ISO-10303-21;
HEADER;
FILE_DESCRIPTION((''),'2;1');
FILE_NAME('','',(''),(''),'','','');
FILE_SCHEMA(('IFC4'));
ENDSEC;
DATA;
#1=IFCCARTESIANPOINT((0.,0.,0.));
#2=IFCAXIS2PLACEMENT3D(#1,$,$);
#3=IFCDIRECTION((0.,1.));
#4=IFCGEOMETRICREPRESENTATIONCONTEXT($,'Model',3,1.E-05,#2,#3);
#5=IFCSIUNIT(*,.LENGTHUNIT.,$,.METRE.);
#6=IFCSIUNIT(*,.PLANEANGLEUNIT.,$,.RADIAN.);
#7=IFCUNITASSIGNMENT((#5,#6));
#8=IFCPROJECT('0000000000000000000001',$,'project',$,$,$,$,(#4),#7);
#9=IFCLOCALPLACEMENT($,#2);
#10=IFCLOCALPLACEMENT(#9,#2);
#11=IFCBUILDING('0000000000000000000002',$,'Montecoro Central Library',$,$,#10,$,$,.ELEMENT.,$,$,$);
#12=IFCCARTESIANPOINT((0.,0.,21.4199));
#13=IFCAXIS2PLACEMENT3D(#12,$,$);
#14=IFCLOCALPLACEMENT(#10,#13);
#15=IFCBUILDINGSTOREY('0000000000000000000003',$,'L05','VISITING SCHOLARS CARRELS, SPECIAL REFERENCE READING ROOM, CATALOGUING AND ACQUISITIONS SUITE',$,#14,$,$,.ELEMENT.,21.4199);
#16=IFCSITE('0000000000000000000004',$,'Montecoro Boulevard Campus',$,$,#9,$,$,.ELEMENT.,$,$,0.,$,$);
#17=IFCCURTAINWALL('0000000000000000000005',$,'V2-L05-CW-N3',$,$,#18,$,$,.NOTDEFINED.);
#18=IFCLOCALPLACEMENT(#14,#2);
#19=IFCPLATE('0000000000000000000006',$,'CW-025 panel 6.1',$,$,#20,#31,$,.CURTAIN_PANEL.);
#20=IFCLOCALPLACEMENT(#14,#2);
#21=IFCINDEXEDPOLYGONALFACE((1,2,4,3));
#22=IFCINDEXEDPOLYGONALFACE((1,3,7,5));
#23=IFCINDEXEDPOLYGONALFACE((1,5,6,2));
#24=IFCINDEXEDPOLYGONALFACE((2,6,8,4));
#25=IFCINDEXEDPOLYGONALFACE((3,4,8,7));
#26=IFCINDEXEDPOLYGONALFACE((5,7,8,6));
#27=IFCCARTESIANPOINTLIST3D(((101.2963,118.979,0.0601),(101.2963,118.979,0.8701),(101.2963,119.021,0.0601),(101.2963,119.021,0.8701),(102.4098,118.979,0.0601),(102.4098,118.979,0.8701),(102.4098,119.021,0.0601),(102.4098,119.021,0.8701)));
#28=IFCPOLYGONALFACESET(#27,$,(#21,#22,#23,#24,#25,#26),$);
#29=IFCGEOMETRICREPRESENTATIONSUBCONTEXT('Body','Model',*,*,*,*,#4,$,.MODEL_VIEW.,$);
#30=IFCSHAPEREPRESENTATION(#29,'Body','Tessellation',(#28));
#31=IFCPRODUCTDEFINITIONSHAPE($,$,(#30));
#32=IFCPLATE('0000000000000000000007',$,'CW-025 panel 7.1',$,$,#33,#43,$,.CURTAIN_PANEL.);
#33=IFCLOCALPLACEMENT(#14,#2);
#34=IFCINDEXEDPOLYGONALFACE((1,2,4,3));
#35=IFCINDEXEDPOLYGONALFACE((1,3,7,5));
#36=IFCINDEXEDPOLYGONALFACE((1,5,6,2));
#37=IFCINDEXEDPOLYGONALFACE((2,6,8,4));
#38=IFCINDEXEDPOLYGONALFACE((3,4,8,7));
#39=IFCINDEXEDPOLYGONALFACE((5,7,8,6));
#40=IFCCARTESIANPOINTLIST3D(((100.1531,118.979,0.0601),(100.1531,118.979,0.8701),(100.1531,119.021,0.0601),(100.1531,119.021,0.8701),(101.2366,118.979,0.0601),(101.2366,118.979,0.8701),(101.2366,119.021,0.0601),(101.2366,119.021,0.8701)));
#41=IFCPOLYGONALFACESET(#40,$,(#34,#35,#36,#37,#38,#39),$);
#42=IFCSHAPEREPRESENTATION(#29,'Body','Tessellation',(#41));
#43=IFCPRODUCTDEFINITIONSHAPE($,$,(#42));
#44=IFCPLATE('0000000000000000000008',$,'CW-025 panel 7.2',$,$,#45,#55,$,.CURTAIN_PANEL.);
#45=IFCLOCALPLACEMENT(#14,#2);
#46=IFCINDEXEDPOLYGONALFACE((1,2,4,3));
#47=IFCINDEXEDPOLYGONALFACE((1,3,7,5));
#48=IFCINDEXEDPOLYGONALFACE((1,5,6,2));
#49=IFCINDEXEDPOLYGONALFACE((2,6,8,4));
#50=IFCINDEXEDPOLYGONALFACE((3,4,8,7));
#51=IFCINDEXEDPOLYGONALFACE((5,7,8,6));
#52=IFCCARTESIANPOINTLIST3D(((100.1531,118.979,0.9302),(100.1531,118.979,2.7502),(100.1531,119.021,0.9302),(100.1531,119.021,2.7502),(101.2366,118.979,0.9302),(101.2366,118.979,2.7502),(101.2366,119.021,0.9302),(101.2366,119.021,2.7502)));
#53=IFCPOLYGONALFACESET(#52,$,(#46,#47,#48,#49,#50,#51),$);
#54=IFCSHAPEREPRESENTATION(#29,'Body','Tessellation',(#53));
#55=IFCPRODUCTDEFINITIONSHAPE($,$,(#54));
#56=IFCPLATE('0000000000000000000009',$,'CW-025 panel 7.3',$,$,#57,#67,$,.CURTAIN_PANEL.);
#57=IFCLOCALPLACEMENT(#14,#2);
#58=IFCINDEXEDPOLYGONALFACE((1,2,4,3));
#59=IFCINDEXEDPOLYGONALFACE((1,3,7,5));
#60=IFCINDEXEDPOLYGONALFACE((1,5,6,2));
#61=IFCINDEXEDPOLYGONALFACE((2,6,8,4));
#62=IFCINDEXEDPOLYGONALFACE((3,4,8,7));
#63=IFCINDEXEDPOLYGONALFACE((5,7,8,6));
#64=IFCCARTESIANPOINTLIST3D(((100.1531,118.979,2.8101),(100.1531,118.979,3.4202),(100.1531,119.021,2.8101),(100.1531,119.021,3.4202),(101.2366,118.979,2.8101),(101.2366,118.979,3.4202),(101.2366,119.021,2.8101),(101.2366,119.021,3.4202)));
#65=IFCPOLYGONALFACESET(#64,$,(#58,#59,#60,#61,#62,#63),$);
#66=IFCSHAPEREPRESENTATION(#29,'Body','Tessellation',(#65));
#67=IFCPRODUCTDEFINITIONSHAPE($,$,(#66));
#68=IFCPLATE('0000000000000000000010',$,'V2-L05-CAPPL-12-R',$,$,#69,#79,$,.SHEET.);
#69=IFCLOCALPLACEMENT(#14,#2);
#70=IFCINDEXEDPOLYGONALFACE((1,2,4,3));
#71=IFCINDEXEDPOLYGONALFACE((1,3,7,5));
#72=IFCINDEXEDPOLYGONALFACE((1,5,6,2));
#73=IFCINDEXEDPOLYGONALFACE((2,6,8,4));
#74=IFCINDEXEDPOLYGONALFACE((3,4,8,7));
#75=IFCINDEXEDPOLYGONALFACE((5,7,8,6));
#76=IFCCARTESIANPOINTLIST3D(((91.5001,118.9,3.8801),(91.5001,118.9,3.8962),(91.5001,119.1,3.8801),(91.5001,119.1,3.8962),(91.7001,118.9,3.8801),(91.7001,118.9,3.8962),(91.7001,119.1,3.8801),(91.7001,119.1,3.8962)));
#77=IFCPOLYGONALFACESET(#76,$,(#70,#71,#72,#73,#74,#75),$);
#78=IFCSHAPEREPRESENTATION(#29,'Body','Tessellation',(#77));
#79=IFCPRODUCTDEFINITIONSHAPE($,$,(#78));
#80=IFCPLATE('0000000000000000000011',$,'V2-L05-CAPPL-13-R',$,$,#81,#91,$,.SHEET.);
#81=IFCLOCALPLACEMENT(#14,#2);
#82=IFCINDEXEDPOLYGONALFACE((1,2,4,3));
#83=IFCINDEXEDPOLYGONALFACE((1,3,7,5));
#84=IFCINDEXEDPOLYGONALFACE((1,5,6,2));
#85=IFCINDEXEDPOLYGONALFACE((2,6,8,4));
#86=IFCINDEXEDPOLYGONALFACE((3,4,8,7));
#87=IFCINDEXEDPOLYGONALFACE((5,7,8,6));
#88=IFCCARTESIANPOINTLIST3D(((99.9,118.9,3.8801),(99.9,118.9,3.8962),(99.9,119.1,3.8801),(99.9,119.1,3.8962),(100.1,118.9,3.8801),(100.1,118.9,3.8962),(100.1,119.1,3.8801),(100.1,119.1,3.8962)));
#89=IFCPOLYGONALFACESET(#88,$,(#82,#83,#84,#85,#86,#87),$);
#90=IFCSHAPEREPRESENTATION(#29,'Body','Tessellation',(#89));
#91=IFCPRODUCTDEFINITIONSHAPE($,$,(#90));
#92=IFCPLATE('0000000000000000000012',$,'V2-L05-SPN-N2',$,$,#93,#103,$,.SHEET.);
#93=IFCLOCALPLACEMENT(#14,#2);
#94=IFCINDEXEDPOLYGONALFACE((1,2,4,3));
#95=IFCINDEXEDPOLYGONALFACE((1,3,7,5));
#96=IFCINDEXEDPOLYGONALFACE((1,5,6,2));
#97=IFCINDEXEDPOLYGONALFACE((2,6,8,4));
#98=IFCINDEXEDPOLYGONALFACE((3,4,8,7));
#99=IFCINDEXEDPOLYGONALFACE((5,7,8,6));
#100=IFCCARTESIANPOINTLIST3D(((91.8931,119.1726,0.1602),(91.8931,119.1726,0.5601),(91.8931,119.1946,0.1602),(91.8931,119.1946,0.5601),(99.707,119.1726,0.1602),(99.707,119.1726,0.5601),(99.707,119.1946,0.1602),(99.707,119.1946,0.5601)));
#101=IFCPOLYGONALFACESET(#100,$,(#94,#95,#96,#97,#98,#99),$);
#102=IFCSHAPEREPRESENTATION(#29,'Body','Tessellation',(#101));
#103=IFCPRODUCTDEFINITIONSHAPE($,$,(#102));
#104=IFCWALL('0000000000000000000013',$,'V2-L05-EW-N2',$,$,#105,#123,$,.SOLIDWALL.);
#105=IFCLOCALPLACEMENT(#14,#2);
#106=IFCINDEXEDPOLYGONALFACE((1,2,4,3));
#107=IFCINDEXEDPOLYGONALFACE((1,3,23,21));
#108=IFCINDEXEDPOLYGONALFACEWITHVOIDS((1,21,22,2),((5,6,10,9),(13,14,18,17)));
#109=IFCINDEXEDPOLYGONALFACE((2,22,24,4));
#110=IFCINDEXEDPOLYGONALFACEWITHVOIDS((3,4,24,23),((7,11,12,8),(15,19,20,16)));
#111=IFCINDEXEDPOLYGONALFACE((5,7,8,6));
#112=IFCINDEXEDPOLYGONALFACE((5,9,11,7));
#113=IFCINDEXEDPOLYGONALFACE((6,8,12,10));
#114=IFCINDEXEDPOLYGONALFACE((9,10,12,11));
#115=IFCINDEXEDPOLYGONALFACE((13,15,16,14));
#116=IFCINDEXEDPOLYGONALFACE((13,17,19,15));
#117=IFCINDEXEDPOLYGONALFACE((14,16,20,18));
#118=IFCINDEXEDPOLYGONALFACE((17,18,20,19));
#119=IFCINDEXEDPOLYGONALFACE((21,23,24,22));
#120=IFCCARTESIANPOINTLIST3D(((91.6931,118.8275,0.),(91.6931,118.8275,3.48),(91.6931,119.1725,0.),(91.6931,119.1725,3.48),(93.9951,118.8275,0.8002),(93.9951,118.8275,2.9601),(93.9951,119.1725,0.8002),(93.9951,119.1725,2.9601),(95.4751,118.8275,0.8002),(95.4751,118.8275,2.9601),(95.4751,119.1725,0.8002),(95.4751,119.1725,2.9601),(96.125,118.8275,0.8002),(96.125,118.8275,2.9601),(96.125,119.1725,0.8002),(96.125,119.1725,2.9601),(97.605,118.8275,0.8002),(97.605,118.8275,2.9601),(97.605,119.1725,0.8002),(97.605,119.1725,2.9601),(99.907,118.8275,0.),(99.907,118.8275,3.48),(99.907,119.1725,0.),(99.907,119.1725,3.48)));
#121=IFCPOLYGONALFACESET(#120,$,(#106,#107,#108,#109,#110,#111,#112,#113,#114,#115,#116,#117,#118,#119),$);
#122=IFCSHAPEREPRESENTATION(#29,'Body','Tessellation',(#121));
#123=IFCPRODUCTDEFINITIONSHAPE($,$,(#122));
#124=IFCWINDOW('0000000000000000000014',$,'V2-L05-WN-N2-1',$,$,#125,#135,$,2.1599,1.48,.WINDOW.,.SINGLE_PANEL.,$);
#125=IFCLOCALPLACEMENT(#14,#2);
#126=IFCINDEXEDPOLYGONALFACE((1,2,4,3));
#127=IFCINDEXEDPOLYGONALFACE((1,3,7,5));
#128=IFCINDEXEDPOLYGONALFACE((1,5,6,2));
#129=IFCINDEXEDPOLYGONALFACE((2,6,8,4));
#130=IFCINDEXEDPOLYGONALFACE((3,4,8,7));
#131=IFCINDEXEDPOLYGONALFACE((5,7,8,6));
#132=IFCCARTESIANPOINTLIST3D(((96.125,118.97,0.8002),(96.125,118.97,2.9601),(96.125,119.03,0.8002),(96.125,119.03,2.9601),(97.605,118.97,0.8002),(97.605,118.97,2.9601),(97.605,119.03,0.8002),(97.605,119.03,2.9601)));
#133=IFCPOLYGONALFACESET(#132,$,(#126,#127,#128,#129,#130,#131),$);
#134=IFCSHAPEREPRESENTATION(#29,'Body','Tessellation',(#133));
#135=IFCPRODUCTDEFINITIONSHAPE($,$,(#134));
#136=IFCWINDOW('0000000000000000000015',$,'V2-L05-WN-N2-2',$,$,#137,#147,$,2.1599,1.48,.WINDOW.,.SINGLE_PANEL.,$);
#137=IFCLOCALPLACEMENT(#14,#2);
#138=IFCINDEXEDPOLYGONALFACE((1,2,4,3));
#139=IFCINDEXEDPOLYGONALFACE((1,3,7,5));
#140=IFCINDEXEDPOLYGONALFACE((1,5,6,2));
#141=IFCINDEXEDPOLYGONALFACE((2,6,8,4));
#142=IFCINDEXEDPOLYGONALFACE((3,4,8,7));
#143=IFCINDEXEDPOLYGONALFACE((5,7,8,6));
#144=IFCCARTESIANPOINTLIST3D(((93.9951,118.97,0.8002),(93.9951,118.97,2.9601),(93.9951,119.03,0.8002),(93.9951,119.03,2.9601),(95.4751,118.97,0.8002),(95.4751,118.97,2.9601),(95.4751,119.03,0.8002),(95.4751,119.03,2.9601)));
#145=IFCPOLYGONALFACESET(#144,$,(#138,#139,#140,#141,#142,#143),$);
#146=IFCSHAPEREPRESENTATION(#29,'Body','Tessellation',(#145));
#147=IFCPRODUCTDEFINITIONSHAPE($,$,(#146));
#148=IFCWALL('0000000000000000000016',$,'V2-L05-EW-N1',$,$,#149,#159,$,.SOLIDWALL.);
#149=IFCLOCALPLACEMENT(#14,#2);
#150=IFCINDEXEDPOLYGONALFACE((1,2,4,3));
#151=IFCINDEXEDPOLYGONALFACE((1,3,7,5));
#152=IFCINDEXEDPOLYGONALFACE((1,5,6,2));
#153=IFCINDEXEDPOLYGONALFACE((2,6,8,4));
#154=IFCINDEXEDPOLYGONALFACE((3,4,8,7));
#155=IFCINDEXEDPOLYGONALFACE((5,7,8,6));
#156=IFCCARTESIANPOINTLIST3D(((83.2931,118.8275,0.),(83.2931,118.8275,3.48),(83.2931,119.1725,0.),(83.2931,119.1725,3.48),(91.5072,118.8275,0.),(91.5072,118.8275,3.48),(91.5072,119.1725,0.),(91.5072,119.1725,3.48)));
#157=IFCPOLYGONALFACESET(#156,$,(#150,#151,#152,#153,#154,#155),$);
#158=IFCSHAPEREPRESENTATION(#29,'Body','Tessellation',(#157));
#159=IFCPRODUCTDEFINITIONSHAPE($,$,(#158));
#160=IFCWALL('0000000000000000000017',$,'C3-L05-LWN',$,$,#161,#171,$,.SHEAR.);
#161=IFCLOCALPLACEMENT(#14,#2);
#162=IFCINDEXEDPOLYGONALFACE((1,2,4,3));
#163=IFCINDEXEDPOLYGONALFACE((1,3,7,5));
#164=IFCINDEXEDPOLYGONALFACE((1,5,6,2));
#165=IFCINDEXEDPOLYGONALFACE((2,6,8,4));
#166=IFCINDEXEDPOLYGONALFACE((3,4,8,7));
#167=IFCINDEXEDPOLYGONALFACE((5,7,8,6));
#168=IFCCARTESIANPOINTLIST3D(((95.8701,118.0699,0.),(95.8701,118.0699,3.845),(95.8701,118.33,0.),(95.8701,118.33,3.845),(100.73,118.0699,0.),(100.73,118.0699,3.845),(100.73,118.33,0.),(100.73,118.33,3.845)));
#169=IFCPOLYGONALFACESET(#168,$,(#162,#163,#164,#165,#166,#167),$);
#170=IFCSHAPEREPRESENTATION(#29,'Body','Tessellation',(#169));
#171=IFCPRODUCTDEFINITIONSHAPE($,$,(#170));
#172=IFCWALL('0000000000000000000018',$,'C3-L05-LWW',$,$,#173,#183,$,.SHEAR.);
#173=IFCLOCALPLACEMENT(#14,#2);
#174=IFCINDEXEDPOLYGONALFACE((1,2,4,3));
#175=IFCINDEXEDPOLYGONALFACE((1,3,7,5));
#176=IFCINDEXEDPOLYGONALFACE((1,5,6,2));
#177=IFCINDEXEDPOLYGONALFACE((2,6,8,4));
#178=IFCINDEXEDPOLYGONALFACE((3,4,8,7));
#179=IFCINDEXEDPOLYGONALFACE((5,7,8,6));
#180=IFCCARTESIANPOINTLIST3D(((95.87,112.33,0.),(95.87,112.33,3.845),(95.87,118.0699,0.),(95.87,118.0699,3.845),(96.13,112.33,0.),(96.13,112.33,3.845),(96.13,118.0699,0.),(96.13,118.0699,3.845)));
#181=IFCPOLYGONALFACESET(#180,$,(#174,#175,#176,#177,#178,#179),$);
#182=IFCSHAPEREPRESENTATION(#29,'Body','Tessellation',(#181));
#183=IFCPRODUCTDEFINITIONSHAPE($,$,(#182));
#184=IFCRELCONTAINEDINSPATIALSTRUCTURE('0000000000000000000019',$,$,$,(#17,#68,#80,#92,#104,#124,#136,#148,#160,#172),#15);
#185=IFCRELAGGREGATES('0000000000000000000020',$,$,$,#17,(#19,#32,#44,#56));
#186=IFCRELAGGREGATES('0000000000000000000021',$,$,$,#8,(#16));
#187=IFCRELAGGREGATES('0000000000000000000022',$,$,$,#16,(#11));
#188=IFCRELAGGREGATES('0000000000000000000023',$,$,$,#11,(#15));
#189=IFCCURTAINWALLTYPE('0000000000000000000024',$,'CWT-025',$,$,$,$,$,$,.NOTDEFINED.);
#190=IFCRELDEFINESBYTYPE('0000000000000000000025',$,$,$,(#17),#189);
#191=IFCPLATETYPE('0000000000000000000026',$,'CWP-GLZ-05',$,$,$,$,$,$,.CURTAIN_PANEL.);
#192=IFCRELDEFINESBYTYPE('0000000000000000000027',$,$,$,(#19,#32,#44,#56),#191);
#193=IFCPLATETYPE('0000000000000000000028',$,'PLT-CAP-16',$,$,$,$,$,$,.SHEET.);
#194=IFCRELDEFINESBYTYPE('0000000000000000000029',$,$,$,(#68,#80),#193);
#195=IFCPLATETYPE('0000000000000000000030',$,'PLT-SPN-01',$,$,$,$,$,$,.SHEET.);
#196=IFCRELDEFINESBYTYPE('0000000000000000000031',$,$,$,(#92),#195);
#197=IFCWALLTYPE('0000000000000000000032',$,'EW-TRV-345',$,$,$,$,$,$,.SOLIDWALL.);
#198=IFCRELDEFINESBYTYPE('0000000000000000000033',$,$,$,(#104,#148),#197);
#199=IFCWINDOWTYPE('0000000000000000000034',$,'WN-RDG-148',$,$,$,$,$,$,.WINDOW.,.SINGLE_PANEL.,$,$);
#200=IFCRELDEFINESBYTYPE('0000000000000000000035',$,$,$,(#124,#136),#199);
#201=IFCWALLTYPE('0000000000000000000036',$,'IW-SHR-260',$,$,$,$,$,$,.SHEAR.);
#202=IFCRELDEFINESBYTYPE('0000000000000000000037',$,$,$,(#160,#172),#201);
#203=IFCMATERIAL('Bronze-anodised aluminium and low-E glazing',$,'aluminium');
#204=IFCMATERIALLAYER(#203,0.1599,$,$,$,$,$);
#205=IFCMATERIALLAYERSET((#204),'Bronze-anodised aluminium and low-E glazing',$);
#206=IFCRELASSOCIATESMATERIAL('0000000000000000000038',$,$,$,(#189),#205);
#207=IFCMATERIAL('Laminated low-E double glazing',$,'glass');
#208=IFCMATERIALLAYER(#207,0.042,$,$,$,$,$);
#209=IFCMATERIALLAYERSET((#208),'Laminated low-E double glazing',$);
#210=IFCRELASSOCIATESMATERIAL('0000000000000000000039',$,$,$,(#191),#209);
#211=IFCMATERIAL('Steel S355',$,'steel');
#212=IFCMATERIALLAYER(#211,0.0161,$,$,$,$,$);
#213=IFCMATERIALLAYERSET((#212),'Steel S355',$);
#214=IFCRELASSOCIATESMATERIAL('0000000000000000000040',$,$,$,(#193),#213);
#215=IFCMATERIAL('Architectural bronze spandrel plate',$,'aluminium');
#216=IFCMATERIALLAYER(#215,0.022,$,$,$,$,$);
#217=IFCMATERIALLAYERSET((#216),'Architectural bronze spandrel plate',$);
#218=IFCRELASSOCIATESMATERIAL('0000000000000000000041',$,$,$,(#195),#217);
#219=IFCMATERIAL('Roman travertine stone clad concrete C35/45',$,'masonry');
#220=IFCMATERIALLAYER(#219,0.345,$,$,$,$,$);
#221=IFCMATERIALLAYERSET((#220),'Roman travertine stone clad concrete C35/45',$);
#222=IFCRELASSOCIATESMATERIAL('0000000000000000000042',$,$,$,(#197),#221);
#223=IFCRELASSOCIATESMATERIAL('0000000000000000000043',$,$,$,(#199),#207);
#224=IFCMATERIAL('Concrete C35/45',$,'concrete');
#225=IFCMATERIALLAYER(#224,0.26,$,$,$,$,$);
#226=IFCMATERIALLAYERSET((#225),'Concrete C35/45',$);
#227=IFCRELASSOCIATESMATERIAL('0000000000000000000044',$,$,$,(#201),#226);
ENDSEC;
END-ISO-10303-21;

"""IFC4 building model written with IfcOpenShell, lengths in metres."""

from ifc_helpers import new_model, si_unit, direction, frame, frame_2d, origin, origin_2d, place, context, subcontext, project, spatial, rectangle, extrude, material, layer, layer_set, type_object, element, fill, aggregate, save


model = new_model("IFC4")

# Units and contexts
model_context = context("Model", 3, precision=1e-05, world=origin(), true_north=direction((0.0, 1.0)))
body_context = subcontext(model_context, "Body", "Model", "MODEL_VIEW")
ifc_project = project(units=[si_unit("LENGTHUNIT", "METRE"), si_unit("PLANEANGLEUNIT", "RADIAN")], contexts=[model_context])

# Site, building, storey
site_placement = place(None, origin())
site = spatial("IfcSite", under=ifc_project, at=site_placement, Name="Montecoro Boulevard Campus", CompositionType="ELEMENT", RefElevation=0.0)
building_placement = place(site_placement, origin())
building = spatial("IfcBuilding", under=site, at=building_placement, Name="Montecoro Central Library", CompositionType="ELEMENT")
storey_placement = place(building_placement, frame((0.0, 0.0, 21.4199)))
storey = spatial("IfcBuildingStorey", under=building, at=storey_placement, Name="L05", Description="VISITING SCHOLARS CARRELS, SPECIAL REFERENCE READING ROOM, CATALOGUING AND ACQUISITIONS SUITE", CompositionType="ELEMENT", Elevation=21.4199)

# Shared definitions
ifc_material_1 = material(Name="Steel S355", Category="steel")

# Curtain wall, plates
ifc_material_2 = material(Name="Bronze-anodised aluminium and low-E glazing", Category="aluminium")
ifc_layer_1 = layer(ifc_material_2, 0.1599)
ifc_layer_set_1 = layer_set([ifc_layer_1], Name="Bronze-anodised aluminium and low-E glazing")
curtain_wall_type = type_object("IfcCurtainWallType", Name="CWT-025", PredefinedType="NOTDEFINED", material=ifc_layer_set_1)
curtain_wall_placement = place(storey_placement, origin())
curtain_wall = element("IfcCurtainWall", 1, at=curtain_wall_placement, inside=storey, type_object=curtain_wall_type, Name="V2-L05-CW-N3", PredefinedType="NOTDEFINED")
ifc_material_3 = material(Name="Laminated low-E double glazing", Category="glass")
ifc_layer_2 = layer(ifc_material_3, 0.042)
ifc_layer_set_2 = layer_set([ifc_layer_2], Name="Laminated low-E double glazing")
plate_type_1 = type_object("IfcPlateType", Name="CWP-GLZ-05", PredefinedType="CURTAIN_PANEL", material=ifc_layer_set_2)
plate_1_placement = place(storey_placement, frame((101.853, 119.0, 0.0601), z_axis=(0.0, 0.0, 1.0), x_axis=(-1.0, 0.0, 0.0)))
plate_1 = element("IfcPlate", 2, at=plate_1_placement, type_object=plate_type_1, Name="CW-025 panel 6.1", PredefinedType="CURTAIN_PANEL", context=body_context, shape_type="SweptSolid", body=[
    extrude(rectangle(XDim=1.1135, YDim=0.042, at=origin_2d()), origin(), (0.0, 0.0, 1.0), 0.8101),
])
plate_2_placement = place(storey_placement, frame((100.6948, 119.0, 0.0601), z_axis=(0.0, 0.0, 1.0), x_axis=(-1.0, 0.0, 0.0)))
plate_2 = element("IfcPlate", 3, at=plate_2_placement, type_object=plate_type_1, Name="CW-025 panel 7.1", PredefinedType="CURTAIN_PANEL", context=body_context, shape_type="SweptSolid", body=[
    extrude(rectangle(XDim=1.0835, YDim=0.042, at=origin_2d()), origin(), (0.0, 0.0, 1.0), 0.8101),
])
plate_3_placement = place(storey_placement, frame((100.6948, 119.0, 0.9302), z_axis=(0.0, 0.0, 1.0), x_axis=(-1.0, 0.0, 0.0)))
plate_3 = element("IfcPlate", 4, at=plate_3_placement, type_object=plate_type_1, Name="CW-025 panel 7.2", PredefinedType="CURTAIN_PANEL", context=body_context, shape_type="SweptSolid", body=[
    extrude(rectangle(XDim=1.0835, YDim=0.042, at=origin_2d()), origin(), (0.0, 0.0, 1.0), 1.8201),
])
plate_4_placement = place(storey_placement, frame((100.6948, 119.0, 2.8101), z_axis=(0.0, 0.0, 1.0), x_axis=(-1.0, 0.0, 0.0)))
plate_4 = element("IfcPlate", 5, at=plate_4_placement, type_object=plate_type_1, Name="CW-025 panel 7.3", PredefinedType="CURTAIN_PANEL", context=body_context, shape_type="SweptSolid", body=[
    extrude(rectangle(XDim=1.0835, YDim=0.042, at=origin_2d()), origin(), (0.0, 0.0, 1.0), 0.6101),
])
aggregate(curtain_wall, [plate_1, plate_2, plate_3, plate_4])

# Plates
ifc_layer_3 = layer(ifc_material_1, 0.0161)
ifc_layer_set_3 = layer_set([ifc_layer_3], Name="Steel S355")
plate_type_2 = type_object("IfcPlateType", Name="PLT-CAP-16", PredefinedType="SHEET", material=ifc_layer_set_3)
for number, where, z_axis, x_axis, name in (
    (6, (91.6001, 119.0, 3.8801), (0.0, 0.0, 1.0), (1.0, 0.0, 0.0), "V2-L05-CAPPL-12-R"),
    (7, (100.0, 119.0, 3.8801), (0.0, 0.0, 1.0), (1.0, 0.0, 0.0), "V2-L05-CAPPL-13-R"),
):
    element("IfcPlate", number, at=place(storey_placement, frame(where, z_axis=z_axis, x_axis=x_axis)), inside=storey, type_object=plate_type_2, Name=name, PredefinedType="SHEET", context=body_context, shape_type="SweptSolid", body=[
        extrude(rectangle(XDim=0.2, YDim=0.2, at=origin_2d()), origin(), (0.0, 0.0, 1.0), 0.0161),
    ])
ifc_material_4 = material(Name="Architectural bronze spandrel plate", Category="aluminium")
ifc_layer_4 = layer(ifc_material_4, 0.022)
ifc_layer_set_4 = layer_set([ifc_layer_4], Name="Architectural bronze spandrel plate")
plate_type_3 = type_object("IfcPlateType", Name="PLT-SPN-01", PredefinedType="SHEET", material=ifc_layer_set_4)
plate_5_placement = place(storey_placement, frame((95.8, 119.1836, 0.1602), z_axis=(0.0, 0.0, 1.0), x_axis=(-1.0, 0.0, 0.0)))
element("IfcPlate", 8, at=plate_5_placement, inside=storey, type_object=plate_type_3, Name="V2-L05-SPN-N2", PredefinedType="SHEET", context=body_context, shape_type="SweptSolid", body=[
    extrude(rectangle(XDim=7.814, YDim=0.022, at=origin_2d()), origin(), (0.0, 0.0, 1.0), 0.3999),
])

# Wall, openings, windows
ifc_material_5 = material(Name="Roman travertine stone clad concrete C35/45", Category="masonry")
ifc_layer_5 = layer(ifc_material_5, 0.345)
ifc_layer_set_5 = layer_set([ifc_layer_5], Name="Roman travertine stone clad concrete C35/45")
wall_type_1 = type_object("IfcWallType", Name="EW-TRV-345", PredefinedType="SOLIDWALL", material=ifc_layer_set_5)
wall_1_placement = place(storey_placement, frame((99.907, 119.0, 0.0), z_axis=(0.0, 0.0, 1.0), x_axis=(-1.0, 0.0, 0.0)))
wall_1 = element("IfcWall", 9, at=wall_1_placement, inside=storey, type_object=wall_type_1, Name="V2-L05-EW-N2", PredefinedType="SOLIDWALL", context=body_context, shape_type="SweptSolid", body=[
    extrude(rectangle(XDim=8.2139, YDim=0.345, at=frame_2d((4.1069, 0.0))), origin(), (0.0, 0.0, 1.0), 3.48),
])
opening_1_placement = place(wall_1_placement, frame((2.302, 0.0, 0.8)))
opening_1 = element("IfcOpeningElement", 10, at=opening_1_placement, cuts=wall_1, PredefinedType="OPENING", context=body_context, shape_type="SweptSolid", body=[
    extrude(rectangle(XDim=1.48, YDim=2.1599, at=frame_2d((0.74, 1.0801))), frame((0.0, 0.1824, 0.0), z_axis=(0.0, -1.0, 0.0), x_axis=(1.0, 0.0, 0.0)), (0.0, 0.0, 1.0), 0.365),
])
opening_2_placement = place(wall_1_placement, frame((4.4319, 0.0, 0.8)))
opening_2 = element("IfcOpeningElement", 11, at=opening_2_placement, cuts=wall_1, PredefinedType="OPENING", context=body_context, shape_type="SweptSolid", body=[
    extrude(rectangle(XDim=1.48, YDim=2.1599, at=frame_2d((0.74, 1.0801))), frame((0.0, 0.1824, 0.0), z_axis=(0.0, -1.0, 0.0), x_axis=(1.0, 0.0, 0.0)), (0.0, 0.0, 1.0), 0.365),
])
window_type = type_object("IfcWindowType", Name="WN-RDG-148", PartitioningType="SINGLE_PANEL", PredefinedType="WINDOW", material=ifc_material_3)
window_1_placement = place(opening_1_placement, origin())
window_1 = element("IfcWindow", 12, at=window_1_placement, inside=storey, type_object=window_type, Name="V2-L05-WN-N2-1", OverallHeight=2.1599, OverallWidth=1.48, PartitioningType="SINGLE_PANEL", PredefinedType="WINDOW", context=body_context, shape_type="SweptSolid", body=[
    extrude(rectangle(XDim=1.48, YDim=2.1599, at=frame_2d((0.74, 1.0801))), frame((0.0, 0.03, 0.0), z_axis=(0.0, -1.0, 0.0), x_axis=(1.0, 0.0, 0.0)), (0.0, 0.0, 1.0), 0.0601),
])
fill(opening_1, window_1)
window_2_placement = place(opening_2_placement, origin())
window_2 = element("IfcWindow", 13, at=window_2_placement, inside=storey, type_object=window_type, Name="V2-L05-WN-N2-2", OverallHeight=2.1599, OverallWidth=1.48, PartitioningType="SINGLE_PANEL", PredefinedType="WINDOW", context=body_context, shape_type="SweptSolid", body=[
    extrude(rectangle(XDim=1.48, YDim=2.1599, at=frame_2d((0.74, 1.0801))), frame((0.0, 0.03, 0.0), z_axis=(0.0, -1.0, 0.0), x_axis=(1.0, 0.0, 0.0)), (0.0, 0.0, 1.0), 0.0601),
])
fill(opening_2, window_2)

# Walls
wall_2_placement = place(storey_placement, frame((91.5071, 119.0, 0.0), z_axis=(0.0, 0.0, 1.0), x_axis=(-1.0, 0.0, 0.0)))
element("IfcWall", 14, at=wall_2_placement, inside=storey, type_object=wall_type_1, Name="V2-L05-EW-N1", PredefinedType="SOLIDWALL", context=body_context, shape_type="SweptSolid", body=[
    extrude(rectangle(XDim=8.2141, YDim=0.345, at=frame_2d((4.1069, 0.0))), origin(), (0.0, 0.0, 1.0), 3.48),
])
ifc_material_6 = material(Name="Concrete C35/45", Category="concrete")
ifc_layer_6 = layer(ifc_material_6, 0.26)
ifc_layer_set_6 = layer_set([ifc_layer_6], Name="Concrete C35/45")
wall_type_2 = type_object("IfcWallType", Name="IW-SHR-260", PredefinedType="SHEAR", material=ifc_layer_set_6)
wall_3_placement = place(storey_placement, frame((100.73, 118.2, 0.0), z_axis=(0.0, 0.0, 1.0), x_axis=(-1.0, 0.0, 0.0)))
element("IfcWall", 15, at=wall_3_placement, inside=storey, type_object=wall_type_2, Name="C3-L05-LWN", PredefinedType="SHEAR", context=body_context, shape_type="SweptSolid", body=[
    extrude(rectangle(XDim=4.8599, YDim=0.26, at=frame_2d((2.4299, 0.0))), origin(), (0.0, 0.0, 1.0), 3.845),
])
wall_4_placement = place(storey_placement, frame((96.0, 118.0701, 0.0), z_axis=(0.0, 0.0, 1.0), x_axis=(0.0, -1.0, 0.0)))
element("IfcWall", 16, at=wall_4_placement, inside=storey, type_object=wall_type_2, Name="C3-L05-LWW", PredefinedType="SHEAR", context=body_context, shape_type="SweptSolid", body=[
    extrude(rectangle(XDim=5.74, YDim=0.26, at=frame_2d((2.8701, 0.0))), origin(), (0.0, 0.0, 1.0), 3.845),
])

save(model, "model.ifc")
